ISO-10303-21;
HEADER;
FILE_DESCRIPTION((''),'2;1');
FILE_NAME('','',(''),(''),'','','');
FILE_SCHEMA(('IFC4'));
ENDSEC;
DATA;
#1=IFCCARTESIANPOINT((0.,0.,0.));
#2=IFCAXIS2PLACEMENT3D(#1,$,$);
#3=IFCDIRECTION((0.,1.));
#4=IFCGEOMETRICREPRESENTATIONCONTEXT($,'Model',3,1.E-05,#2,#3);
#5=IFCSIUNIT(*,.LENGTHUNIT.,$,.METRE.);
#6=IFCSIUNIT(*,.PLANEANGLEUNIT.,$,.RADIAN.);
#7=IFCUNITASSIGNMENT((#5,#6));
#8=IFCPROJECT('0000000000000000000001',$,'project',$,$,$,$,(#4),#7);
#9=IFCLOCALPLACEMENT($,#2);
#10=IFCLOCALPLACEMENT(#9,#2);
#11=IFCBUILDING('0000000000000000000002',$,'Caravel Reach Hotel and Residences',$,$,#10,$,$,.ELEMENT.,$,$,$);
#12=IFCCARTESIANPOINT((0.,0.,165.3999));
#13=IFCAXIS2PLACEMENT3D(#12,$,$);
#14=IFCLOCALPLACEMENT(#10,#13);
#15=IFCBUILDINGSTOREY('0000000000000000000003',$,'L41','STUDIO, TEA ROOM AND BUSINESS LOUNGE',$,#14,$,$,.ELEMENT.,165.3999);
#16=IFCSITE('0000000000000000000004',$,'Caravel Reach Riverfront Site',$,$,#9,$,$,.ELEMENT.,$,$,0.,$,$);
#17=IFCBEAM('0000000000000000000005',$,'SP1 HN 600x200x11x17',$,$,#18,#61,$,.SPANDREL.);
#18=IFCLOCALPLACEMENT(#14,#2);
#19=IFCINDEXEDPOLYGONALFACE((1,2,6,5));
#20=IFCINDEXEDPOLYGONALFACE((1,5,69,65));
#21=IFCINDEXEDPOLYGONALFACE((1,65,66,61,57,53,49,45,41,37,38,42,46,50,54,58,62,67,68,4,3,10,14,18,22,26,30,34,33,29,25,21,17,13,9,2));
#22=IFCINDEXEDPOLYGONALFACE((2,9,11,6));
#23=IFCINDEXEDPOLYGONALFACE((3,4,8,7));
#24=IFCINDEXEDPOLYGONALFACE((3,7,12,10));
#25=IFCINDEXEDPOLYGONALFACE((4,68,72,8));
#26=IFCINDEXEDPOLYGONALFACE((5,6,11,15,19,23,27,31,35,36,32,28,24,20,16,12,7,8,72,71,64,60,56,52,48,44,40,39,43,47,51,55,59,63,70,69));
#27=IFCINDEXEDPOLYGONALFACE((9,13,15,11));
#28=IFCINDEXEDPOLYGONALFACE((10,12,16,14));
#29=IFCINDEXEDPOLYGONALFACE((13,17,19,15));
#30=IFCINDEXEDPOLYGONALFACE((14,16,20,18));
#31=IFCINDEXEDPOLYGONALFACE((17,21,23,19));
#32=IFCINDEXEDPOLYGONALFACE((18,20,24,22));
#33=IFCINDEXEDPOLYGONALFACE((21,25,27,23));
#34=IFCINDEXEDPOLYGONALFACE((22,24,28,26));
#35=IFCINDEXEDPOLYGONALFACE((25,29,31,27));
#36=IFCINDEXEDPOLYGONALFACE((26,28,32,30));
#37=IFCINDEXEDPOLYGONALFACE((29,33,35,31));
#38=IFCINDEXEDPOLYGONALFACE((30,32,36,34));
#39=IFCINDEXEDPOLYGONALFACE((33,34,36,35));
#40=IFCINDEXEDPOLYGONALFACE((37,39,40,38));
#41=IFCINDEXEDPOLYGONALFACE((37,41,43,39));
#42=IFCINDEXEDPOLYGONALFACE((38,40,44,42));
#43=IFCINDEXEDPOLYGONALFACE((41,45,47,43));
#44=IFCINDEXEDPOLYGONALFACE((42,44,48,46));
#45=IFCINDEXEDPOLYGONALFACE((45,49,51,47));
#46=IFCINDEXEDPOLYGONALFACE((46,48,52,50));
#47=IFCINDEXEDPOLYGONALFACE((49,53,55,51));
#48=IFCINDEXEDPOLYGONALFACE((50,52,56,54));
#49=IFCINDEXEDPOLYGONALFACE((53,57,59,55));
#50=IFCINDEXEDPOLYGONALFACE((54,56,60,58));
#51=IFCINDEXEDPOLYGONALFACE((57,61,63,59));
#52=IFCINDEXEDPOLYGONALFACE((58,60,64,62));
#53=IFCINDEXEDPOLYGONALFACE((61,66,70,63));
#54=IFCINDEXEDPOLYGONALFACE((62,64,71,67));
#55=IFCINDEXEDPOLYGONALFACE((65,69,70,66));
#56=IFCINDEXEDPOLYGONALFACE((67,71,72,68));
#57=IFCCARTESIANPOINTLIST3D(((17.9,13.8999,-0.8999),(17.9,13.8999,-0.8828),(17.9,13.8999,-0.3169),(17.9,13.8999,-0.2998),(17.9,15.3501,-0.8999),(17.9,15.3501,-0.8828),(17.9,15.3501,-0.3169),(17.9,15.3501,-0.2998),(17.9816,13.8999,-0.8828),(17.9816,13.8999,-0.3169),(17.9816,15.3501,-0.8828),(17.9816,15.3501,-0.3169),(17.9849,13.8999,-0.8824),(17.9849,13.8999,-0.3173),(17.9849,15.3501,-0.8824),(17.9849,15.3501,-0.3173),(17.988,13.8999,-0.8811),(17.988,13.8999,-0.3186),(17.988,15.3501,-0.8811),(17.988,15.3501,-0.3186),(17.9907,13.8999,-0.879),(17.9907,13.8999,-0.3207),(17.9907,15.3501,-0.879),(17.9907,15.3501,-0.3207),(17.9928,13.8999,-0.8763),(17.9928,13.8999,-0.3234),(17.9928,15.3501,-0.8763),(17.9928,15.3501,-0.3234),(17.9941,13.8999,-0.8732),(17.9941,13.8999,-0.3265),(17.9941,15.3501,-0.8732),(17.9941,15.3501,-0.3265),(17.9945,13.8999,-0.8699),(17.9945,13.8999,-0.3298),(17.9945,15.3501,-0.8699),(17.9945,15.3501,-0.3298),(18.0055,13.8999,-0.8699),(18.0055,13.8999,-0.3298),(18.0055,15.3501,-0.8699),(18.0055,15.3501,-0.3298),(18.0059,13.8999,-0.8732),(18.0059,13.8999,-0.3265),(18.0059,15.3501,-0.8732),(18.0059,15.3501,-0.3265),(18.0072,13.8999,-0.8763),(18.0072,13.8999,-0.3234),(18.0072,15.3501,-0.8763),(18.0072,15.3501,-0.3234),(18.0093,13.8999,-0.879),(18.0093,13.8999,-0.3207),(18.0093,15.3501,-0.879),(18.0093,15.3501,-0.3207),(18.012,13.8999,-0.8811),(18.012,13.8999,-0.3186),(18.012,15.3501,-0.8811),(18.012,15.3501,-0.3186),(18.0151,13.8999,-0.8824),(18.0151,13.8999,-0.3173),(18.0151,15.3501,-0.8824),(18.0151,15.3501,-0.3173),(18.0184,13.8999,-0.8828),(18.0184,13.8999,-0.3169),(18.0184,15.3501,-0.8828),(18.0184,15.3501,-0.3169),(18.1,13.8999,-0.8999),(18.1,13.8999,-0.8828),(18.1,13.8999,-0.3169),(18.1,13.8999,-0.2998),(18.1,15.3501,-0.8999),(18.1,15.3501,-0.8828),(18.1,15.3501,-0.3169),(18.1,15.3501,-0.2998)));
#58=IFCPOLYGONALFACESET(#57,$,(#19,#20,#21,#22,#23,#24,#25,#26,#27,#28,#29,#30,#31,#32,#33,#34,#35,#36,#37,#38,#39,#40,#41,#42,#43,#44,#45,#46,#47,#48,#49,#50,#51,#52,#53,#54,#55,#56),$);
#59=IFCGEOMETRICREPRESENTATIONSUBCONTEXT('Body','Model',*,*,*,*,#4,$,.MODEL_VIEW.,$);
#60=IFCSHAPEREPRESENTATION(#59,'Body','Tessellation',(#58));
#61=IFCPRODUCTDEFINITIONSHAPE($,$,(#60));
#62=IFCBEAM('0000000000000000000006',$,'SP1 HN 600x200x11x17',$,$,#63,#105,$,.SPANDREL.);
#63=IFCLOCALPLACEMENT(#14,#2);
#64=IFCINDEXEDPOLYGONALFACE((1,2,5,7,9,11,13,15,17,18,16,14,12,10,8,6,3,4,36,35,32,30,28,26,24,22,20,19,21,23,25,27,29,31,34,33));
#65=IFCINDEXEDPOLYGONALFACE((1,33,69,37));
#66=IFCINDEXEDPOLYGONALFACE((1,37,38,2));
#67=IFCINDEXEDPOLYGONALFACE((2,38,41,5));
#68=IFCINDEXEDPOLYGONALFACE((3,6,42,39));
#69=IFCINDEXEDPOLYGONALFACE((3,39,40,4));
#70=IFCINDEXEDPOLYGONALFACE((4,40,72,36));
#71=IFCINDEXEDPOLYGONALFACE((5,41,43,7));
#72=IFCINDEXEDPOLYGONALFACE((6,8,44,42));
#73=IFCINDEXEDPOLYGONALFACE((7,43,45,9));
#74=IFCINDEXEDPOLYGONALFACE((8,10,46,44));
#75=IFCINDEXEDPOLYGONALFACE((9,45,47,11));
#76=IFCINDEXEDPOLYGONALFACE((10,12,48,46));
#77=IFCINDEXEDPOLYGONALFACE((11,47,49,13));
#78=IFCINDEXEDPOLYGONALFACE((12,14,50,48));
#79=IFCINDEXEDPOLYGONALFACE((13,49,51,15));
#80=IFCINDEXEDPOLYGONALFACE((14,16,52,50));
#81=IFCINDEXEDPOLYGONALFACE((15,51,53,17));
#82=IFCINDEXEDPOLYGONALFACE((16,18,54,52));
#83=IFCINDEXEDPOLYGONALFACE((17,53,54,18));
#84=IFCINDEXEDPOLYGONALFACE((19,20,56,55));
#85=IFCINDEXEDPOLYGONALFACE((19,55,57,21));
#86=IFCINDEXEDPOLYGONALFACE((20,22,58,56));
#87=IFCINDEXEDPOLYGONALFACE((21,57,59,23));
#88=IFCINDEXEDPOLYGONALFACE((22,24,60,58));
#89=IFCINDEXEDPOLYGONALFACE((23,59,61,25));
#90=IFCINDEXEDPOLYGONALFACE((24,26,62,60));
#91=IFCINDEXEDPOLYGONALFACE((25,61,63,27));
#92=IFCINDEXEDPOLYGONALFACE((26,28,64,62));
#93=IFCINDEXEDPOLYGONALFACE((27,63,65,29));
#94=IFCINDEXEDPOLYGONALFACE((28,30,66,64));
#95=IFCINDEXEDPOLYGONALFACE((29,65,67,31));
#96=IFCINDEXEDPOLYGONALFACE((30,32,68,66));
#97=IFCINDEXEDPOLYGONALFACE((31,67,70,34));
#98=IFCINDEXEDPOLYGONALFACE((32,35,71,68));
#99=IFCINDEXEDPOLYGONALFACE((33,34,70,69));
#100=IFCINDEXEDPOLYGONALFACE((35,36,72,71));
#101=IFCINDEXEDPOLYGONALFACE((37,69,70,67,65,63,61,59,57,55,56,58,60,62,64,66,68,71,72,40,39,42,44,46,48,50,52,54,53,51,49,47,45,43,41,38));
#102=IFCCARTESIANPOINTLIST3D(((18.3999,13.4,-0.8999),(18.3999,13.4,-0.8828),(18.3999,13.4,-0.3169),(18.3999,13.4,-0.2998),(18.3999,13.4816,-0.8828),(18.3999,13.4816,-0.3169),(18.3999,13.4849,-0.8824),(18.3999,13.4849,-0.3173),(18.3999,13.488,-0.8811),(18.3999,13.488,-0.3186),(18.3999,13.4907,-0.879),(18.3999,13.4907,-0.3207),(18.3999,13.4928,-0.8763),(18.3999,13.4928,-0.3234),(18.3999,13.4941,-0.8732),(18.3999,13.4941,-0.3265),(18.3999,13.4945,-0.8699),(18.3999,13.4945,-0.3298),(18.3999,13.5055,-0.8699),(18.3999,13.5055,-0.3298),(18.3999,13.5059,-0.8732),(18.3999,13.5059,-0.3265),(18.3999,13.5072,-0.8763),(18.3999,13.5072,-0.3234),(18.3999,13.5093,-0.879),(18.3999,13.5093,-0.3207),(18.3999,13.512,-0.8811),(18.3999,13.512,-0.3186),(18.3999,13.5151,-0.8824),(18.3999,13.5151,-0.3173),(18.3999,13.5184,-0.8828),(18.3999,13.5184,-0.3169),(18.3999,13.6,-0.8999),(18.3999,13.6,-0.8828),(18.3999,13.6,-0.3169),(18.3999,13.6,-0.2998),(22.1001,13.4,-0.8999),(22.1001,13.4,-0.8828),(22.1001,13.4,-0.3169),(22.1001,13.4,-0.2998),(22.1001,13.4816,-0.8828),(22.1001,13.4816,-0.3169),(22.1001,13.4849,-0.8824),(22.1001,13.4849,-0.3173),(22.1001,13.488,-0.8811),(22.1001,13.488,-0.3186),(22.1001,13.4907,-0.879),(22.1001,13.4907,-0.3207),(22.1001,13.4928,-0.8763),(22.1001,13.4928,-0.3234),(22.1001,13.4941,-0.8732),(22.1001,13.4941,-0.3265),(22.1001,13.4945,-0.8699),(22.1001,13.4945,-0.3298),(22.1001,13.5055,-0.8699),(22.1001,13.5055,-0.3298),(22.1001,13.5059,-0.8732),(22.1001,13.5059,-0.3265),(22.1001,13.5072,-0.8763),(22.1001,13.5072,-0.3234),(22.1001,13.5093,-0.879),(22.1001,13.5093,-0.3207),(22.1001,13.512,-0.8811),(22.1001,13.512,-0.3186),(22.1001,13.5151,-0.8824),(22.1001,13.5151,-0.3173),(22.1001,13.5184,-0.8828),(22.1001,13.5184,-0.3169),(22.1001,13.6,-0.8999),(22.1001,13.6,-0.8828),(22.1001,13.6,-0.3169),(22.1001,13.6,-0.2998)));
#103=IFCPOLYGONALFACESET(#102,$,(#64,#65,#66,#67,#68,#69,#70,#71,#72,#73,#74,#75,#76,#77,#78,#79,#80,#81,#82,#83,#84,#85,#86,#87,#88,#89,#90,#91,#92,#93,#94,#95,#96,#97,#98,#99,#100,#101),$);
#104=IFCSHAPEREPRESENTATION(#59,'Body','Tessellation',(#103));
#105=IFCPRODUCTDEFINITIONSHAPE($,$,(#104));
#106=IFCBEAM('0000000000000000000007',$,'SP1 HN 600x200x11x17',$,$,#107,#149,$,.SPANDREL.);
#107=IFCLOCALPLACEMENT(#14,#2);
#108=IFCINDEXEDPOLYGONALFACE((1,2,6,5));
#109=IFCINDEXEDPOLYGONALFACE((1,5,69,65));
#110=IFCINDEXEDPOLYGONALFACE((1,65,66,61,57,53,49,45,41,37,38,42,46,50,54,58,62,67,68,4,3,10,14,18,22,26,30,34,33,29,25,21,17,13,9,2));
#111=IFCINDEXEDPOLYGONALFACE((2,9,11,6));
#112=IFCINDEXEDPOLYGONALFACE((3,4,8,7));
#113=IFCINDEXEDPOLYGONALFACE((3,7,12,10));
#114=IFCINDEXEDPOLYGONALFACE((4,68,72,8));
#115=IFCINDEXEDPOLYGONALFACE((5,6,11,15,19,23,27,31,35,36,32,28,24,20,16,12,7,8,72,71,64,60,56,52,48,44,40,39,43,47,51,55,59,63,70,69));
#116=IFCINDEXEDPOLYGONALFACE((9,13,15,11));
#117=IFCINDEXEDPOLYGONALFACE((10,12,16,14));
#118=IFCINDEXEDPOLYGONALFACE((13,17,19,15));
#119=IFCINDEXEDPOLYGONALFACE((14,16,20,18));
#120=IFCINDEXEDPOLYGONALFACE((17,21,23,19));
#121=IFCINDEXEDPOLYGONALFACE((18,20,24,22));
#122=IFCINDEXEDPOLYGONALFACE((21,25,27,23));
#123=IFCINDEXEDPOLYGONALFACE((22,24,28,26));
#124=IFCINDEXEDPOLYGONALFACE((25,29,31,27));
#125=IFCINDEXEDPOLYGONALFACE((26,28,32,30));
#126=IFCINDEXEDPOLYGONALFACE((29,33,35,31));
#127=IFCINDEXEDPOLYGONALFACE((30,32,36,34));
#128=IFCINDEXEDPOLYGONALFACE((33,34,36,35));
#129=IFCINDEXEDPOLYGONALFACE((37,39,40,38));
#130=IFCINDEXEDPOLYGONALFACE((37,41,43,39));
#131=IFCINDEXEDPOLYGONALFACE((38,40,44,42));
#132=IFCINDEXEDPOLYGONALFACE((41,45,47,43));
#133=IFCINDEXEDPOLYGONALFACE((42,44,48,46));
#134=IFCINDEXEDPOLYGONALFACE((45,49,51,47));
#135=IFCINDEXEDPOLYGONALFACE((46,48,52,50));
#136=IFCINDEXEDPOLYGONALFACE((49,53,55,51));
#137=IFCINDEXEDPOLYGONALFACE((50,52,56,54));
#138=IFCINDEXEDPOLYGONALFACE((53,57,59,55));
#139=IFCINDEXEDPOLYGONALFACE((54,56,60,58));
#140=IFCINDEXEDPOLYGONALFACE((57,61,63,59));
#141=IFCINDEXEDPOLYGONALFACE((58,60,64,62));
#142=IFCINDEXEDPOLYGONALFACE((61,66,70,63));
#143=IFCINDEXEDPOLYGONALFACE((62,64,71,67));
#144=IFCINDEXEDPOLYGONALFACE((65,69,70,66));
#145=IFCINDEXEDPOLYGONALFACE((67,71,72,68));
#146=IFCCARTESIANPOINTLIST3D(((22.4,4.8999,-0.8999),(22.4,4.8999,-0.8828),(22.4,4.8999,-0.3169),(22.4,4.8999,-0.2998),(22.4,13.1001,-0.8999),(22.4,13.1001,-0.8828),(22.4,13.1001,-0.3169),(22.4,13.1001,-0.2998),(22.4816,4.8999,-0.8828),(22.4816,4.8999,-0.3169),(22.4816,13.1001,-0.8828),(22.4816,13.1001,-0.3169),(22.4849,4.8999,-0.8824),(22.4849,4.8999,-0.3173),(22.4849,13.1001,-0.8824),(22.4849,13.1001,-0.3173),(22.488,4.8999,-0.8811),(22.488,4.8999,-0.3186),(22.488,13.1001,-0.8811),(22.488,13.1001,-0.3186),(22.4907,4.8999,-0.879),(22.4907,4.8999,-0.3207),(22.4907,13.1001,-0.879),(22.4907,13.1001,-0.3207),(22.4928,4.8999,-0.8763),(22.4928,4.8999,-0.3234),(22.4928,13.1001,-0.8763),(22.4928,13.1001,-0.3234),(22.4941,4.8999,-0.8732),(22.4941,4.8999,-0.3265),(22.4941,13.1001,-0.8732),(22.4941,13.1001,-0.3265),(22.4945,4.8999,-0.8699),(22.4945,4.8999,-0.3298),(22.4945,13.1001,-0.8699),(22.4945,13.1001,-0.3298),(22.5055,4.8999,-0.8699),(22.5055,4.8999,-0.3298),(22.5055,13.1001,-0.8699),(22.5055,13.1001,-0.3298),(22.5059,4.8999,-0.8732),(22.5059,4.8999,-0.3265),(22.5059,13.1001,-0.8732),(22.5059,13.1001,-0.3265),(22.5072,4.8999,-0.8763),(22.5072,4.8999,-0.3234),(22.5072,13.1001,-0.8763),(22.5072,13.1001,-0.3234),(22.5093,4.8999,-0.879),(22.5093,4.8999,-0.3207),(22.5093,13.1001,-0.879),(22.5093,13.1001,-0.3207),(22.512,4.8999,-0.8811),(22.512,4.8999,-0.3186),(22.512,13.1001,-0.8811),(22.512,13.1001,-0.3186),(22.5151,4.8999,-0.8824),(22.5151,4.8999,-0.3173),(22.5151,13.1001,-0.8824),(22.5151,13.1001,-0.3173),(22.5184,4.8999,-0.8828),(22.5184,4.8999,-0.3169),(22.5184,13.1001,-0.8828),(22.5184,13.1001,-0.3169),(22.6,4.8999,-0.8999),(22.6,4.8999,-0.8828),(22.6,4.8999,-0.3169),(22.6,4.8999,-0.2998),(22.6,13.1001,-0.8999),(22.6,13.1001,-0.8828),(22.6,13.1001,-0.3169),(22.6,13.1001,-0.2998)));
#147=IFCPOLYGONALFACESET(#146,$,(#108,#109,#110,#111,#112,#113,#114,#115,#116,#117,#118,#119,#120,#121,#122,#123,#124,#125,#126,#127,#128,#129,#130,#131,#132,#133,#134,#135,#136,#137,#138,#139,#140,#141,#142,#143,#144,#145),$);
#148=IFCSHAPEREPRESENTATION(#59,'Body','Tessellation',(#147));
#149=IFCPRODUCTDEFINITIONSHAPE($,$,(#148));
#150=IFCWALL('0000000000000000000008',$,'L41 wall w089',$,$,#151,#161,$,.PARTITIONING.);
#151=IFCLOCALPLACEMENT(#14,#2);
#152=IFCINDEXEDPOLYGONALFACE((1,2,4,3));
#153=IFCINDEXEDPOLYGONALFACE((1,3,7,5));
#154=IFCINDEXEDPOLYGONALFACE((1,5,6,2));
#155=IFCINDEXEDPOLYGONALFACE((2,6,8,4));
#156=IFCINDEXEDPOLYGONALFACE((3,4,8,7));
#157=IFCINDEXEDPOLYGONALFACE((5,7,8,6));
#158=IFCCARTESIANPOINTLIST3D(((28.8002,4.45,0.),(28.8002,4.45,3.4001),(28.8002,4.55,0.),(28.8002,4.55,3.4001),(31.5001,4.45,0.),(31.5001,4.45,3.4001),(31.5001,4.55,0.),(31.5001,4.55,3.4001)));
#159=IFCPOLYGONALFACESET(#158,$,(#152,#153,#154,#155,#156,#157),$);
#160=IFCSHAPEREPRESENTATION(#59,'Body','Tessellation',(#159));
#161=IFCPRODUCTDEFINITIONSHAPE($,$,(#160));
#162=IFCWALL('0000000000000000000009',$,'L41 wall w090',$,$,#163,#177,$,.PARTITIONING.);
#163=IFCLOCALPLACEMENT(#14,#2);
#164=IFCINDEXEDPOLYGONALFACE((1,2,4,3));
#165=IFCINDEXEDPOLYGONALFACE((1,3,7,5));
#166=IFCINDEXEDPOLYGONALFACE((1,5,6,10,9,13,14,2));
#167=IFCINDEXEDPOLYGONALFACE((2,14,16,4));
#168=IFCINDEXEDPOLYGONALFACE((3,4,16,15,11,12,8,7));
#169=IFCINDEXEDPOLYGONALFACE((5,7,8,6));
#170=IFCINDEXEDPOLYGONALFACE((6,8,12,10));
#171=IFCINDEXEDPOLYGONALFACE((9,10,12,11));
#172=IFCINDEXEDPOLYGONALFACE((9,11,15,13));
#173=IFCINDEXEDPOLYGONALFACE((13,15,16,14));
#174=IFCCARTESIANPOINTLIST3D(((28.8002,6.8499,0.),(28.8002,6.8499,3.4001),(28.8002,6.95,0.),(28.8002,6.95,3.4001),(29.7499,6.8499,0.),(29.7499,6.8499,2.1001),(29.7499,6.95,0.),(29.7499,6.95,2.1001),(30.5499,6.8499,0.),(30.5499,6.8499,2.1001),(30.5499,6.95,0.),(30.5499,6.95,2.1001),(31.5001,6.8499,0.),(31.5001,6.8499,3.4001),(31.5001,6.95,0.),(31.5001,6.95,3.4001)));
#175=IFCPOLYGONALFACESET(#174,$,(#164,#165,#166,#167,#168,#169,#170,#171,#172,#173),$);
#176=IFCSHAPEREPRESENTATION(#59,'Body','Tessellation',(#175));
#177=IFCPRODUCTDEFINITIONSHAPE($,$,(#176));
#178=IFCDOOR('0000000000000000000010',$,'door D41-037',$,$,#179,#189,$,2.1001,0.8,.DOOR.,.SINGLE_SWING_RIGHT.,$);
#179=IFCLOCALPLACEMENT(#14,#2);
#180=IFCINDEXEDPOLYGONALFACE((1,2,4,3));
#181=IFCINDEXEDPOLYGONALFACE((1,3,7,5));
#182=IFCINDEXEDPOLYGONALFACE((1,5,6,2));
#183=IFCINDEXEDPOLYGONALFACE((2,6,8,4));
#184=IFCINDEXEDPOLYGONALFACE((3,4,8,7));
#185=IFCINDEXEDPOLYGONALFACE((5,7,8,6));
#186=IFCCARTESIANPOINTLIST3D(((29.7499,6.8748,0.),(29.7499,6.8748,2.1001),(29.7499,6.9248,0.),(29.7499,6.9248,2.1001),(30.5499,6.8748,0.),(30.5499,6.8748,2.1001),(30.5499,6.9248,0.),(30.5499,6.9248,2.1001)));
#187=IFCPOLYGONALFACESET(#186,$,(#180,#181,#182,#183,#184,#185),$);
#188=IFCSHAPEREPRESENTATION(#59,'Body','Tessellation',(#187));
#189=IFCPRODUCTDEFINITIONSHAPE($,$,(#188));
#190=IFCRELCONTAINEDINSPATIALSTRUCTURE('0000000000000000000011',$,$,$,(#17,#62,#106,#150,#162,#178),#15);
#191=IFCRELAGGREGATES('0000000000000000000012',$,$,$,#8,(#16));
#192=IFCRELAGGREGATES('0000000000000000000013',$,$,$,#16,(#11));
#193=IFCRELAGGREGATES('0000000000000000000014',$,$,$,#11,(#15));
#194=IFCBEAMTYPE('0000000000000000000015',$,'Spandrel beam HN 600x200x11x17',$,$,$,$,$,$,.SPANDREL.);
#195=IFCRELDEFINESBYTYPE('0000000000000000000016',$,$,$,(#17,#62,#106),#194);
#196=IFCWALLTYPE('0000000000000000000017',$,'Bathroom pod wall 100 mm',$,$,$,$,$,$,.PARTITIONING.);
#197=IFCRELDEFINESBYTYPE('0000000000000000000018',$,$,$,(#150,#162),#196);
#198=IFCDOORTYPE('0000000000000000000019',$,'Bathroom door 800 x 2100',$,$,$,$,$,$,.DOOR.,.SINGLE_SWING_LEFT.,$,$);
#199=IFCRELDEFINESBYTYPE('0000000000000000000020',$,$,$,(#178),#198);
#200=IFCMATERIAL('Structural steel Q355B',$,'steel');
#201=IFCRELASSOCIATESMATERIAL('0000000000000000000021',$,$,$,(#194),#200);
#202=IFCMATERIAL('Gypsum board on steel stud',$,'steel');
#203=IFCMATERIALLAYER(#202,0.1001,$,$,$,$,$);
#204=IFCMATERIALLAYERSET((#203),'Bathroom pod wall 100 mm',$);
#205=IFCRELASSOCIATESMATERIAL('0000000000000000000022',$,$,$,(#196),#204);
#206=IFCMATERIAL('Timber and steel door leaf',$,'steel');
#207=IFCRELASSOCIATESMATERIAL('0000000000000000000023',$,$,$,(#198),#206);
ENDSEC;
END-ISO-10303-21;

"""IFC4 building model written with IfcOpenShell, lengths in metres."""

from ifc_helpers import new_model, si_unit, direction, frame, frame_2d, origin, origin_2d, place, context, subcontext, project, spatial, rectangle, i_section, extrude, material, layer, layer_set, material_profile, profile_set, type_object, element, fill, save


model = new_model("IFC4")

# Units and contexts
model_context = context("Model", 3, precision=1e-05, world=origin(), true_north=direction((0.0, 1.0)))
body_context = subcontext(model_context, "Body", "Model", "MODEL_VIEW")
ifc_project = project(units=[si_unit("LENGTHUNIT", "METRE"), si_unit("PLANEANGLEUNIT", "RADIAN")], contexts=[model_context])

# Site, building, storey
site_placement = place(None, origin())
site = spatial("IfcSite", under=ifc_project, at=site_placement, Name="Caravel Reach Riverfront Site", CompositionType="ELEMENT", RefElevation=0.0)
building_placement = place(site_placement, origin())
building = spatial("IfcBuilding", under=site, at=building_placement, Name="Caravel Reach Hotel and Residences", CompositionType="ELEMENT")
storey_placement = place(building_placement, frame((0.0, 0.0, 165.3999)))
storey = spatial("IfcBuildingStorey", under=building, at=storey_placement, Name="L41", Description="STUDIO, TEA ROOM AND BUSINESS LOUNGE", CompositionType="ELEMENT", Elevation=165.3999)

# Beams
ifc_material_1 = material(Name="Structural steel Q355B", Category="steel")
ifc_material_profile_1 = material_profile(ifc_material_1, i_section(OverallWidth=0.2, OverallDepth=0.6001, WebThickness=0.011, FlangeThickness=0.0171, FilletRadius=0.0129, at=origin_2d()), Name="HN 600x200x11x17")
ifc_profile_set_1 = profile_set([ifc_material_profile_1], Name="Structural steel Q355B")
beam_type_1 = type_object("IfcBeamType", Name="Spandrel beam HN 600x200x11x17", PredefinedType="SPANDREL", material=ifc_profile_set_1)
beam_1_placement = place(storey_placement, frame((18.0, 15.3501, -0.5999), z_axis=(0.0, -1.0, 0.0), x_axis=(1.0, 0.0, 0.0)))
element("IfcBeam", 1, at=beam_1_placement, inside=storey, type_object=beam_type_1, Name="SP1 HN 600x200x11x17", PredefinedType="SPANDREL", context=body_context, shape_type="SweptSolid", body=[
    extrude(i_section(OverallWidth=0.2, OverallDepth=0.6001, WebThickness=0.011, FlangeThickness=0.0171, FilletRadius=0.0129, at=origin_2d()), origin(), (0.0, 0.0, 1.0), 1.4502),
])
beam_2_placement = place(storey_placement, frame((18.3999, 13.5, -0.5999), z_axis=(1.0, 0.0, 0.0), x_axis=(0.0, 1.0, 0.0)))
element("IfcBeam", 2, at=beam_2_placement, inside=storey, type_object=beam_type_1, Name="SP1 HN 600x200x11x17", PredefinedType="SPANDREL", context=body_context, shape_type="SweptSolid", body=[
    extrude(i_section(OverallWidth=0.2, OverallDepth=0.6001, WebThickness=0.011, FlangeThickness=0.0171, FilletRadius=0.0129, at=origin_2d()), origin(), (0.0, 0.0, 1.0), 3.7002),
])
beam_3_placement = place(storey_placement, frame((22.5, 13.1001, -0.5999), z_axis=(0.0, -1.0, 0.0), x_axis=(1.0, 0.0, 0.0)))
element("IfcBeam", 3, at=beam_3_placement, inside=storey, type_object=beam_type_1, Name="SP1 HN 600x200x11x17", PredefinedType="SPANDREL", context=body_context, shape_type="SweptSolid", body=[
    extrude(i_section(OverallWidth=0.2, OverallDepth=0.6001, WebThickness=0.011, FlangeThickness=0.0171, FilletRadius=0.0129, at=origin_2d()), origin(), (0.0, 0.0, 1.0), 8.2002),
])

# Wall
ifc_material_2 = material(Name="Gypsum board on steel stud", Category="steel")
ifc_layer_1 = layer(ifc_material_2, 0.1001)
ifc_layer_set_1 = layer_set([ifc_layer_1], Name="Bathroom pod wall 100 mm")
wall_type_1 = type_object("IfcWallType", Name="Bathroom pod wall 100 mm", PredefinedType="PARTITIONING", material=ifc_layer_set_1)
wall_1_placement = place(storey_placement, frame((28.8, 4.5, 0.0), z_axis=(0.0, 0.0, 1.0), x_axis=(1.0, 0.0, 0.0)))
element("IfcWall", 4, at=wall_1_placement, inside=storey, type_object=wall_type_1, Name="L41 wall w089", PredefinedType="PARTITIONING", context=body_context, shape_type="SweptSolid", body=[
    extrude(rectangle(XDim=2.7, YDim=0.1001, at=frame_2d((1.3501, 0.0))), origin(), (0.0, 0.0, 1.0), 3.4001),
])

# Wall, opening, door
wall_2_placement = place(storey_placement, frame((28.8, 6.8999, 0.0), z_axis=(0.0, 0.0, 1.0), x_axis=(1.0, 0.0, 0.0)))
wall_2 = element("IfcWall", 5, at=wall_2_placement, inside=storey, type_object=wall_type_1, Name="L41 wall w090", PredefinedType="PARTITIONING", context=body_context, shape_type="SweptSolid", body=[
    extrude(rectangle(XDim=2.7, YDim=0.1001, at=frame_2d((1.3501, 0.0))), origin(), (0.0, 0.0, 1.0), 3.4001),
])
opening_1_placement = place(wall_2_placement, frame((0.95, 0.0, 0.0)))
opening_1 = element("IfcOpeningElement", 6, at=opening_1_placement, cuts=wall_2, PredefinedType="OPENING", context=body_context, shape_type="SweptSolid", body=[
    extrude(rectangle(XDim=0.8, YDim=2.1001, at=frame_2d((0.3999, 1.05))), frame((0.0, 0.0601, 0.0), z_axis=(0.0, -1.0, 0.0), x_axis=(1.0, 0.0, 0.0)), (0.0, 0.0, 1.0), 0.1201),
])
ifc_material_3 = material(Name="Timber and steel door leaf", Category="steel")
door_type_1 = type_object("IfcDoorType", Name="Bathroom door 800 x 2100", OperationType="SINGLE_SWING_LEFT", PredefinedType="DOOR", material=ifc_material_3)
door_1_placement = place(opening_1_placement, origin())
door_1 = element("IfcDoor", 7, at=door_1_placement, inside=storey, type_object=door_type_1, Name="door D41-037", OperationType="SINGLE_SWING_RIGHT", OverallHeight=2.1001, OverallWidth=0.8, PredefinedType="DOOR", context=body_context, shape_type="SweptSolid", body=[
    extrude(rectangle(XDim=0.8, YDim=2.1001, at=frame_2d((0.3999, 1.05))), frame((0.0, 0.0249, 0.0), z_axis=(0.0, -1.0, 0.0), x_axis=(1.0, 0.0, 0.0)), (0.0, 0.0, 1.0), 0.05),
])
fill(opening_1, door_1)

save(model, "model.ifc")
